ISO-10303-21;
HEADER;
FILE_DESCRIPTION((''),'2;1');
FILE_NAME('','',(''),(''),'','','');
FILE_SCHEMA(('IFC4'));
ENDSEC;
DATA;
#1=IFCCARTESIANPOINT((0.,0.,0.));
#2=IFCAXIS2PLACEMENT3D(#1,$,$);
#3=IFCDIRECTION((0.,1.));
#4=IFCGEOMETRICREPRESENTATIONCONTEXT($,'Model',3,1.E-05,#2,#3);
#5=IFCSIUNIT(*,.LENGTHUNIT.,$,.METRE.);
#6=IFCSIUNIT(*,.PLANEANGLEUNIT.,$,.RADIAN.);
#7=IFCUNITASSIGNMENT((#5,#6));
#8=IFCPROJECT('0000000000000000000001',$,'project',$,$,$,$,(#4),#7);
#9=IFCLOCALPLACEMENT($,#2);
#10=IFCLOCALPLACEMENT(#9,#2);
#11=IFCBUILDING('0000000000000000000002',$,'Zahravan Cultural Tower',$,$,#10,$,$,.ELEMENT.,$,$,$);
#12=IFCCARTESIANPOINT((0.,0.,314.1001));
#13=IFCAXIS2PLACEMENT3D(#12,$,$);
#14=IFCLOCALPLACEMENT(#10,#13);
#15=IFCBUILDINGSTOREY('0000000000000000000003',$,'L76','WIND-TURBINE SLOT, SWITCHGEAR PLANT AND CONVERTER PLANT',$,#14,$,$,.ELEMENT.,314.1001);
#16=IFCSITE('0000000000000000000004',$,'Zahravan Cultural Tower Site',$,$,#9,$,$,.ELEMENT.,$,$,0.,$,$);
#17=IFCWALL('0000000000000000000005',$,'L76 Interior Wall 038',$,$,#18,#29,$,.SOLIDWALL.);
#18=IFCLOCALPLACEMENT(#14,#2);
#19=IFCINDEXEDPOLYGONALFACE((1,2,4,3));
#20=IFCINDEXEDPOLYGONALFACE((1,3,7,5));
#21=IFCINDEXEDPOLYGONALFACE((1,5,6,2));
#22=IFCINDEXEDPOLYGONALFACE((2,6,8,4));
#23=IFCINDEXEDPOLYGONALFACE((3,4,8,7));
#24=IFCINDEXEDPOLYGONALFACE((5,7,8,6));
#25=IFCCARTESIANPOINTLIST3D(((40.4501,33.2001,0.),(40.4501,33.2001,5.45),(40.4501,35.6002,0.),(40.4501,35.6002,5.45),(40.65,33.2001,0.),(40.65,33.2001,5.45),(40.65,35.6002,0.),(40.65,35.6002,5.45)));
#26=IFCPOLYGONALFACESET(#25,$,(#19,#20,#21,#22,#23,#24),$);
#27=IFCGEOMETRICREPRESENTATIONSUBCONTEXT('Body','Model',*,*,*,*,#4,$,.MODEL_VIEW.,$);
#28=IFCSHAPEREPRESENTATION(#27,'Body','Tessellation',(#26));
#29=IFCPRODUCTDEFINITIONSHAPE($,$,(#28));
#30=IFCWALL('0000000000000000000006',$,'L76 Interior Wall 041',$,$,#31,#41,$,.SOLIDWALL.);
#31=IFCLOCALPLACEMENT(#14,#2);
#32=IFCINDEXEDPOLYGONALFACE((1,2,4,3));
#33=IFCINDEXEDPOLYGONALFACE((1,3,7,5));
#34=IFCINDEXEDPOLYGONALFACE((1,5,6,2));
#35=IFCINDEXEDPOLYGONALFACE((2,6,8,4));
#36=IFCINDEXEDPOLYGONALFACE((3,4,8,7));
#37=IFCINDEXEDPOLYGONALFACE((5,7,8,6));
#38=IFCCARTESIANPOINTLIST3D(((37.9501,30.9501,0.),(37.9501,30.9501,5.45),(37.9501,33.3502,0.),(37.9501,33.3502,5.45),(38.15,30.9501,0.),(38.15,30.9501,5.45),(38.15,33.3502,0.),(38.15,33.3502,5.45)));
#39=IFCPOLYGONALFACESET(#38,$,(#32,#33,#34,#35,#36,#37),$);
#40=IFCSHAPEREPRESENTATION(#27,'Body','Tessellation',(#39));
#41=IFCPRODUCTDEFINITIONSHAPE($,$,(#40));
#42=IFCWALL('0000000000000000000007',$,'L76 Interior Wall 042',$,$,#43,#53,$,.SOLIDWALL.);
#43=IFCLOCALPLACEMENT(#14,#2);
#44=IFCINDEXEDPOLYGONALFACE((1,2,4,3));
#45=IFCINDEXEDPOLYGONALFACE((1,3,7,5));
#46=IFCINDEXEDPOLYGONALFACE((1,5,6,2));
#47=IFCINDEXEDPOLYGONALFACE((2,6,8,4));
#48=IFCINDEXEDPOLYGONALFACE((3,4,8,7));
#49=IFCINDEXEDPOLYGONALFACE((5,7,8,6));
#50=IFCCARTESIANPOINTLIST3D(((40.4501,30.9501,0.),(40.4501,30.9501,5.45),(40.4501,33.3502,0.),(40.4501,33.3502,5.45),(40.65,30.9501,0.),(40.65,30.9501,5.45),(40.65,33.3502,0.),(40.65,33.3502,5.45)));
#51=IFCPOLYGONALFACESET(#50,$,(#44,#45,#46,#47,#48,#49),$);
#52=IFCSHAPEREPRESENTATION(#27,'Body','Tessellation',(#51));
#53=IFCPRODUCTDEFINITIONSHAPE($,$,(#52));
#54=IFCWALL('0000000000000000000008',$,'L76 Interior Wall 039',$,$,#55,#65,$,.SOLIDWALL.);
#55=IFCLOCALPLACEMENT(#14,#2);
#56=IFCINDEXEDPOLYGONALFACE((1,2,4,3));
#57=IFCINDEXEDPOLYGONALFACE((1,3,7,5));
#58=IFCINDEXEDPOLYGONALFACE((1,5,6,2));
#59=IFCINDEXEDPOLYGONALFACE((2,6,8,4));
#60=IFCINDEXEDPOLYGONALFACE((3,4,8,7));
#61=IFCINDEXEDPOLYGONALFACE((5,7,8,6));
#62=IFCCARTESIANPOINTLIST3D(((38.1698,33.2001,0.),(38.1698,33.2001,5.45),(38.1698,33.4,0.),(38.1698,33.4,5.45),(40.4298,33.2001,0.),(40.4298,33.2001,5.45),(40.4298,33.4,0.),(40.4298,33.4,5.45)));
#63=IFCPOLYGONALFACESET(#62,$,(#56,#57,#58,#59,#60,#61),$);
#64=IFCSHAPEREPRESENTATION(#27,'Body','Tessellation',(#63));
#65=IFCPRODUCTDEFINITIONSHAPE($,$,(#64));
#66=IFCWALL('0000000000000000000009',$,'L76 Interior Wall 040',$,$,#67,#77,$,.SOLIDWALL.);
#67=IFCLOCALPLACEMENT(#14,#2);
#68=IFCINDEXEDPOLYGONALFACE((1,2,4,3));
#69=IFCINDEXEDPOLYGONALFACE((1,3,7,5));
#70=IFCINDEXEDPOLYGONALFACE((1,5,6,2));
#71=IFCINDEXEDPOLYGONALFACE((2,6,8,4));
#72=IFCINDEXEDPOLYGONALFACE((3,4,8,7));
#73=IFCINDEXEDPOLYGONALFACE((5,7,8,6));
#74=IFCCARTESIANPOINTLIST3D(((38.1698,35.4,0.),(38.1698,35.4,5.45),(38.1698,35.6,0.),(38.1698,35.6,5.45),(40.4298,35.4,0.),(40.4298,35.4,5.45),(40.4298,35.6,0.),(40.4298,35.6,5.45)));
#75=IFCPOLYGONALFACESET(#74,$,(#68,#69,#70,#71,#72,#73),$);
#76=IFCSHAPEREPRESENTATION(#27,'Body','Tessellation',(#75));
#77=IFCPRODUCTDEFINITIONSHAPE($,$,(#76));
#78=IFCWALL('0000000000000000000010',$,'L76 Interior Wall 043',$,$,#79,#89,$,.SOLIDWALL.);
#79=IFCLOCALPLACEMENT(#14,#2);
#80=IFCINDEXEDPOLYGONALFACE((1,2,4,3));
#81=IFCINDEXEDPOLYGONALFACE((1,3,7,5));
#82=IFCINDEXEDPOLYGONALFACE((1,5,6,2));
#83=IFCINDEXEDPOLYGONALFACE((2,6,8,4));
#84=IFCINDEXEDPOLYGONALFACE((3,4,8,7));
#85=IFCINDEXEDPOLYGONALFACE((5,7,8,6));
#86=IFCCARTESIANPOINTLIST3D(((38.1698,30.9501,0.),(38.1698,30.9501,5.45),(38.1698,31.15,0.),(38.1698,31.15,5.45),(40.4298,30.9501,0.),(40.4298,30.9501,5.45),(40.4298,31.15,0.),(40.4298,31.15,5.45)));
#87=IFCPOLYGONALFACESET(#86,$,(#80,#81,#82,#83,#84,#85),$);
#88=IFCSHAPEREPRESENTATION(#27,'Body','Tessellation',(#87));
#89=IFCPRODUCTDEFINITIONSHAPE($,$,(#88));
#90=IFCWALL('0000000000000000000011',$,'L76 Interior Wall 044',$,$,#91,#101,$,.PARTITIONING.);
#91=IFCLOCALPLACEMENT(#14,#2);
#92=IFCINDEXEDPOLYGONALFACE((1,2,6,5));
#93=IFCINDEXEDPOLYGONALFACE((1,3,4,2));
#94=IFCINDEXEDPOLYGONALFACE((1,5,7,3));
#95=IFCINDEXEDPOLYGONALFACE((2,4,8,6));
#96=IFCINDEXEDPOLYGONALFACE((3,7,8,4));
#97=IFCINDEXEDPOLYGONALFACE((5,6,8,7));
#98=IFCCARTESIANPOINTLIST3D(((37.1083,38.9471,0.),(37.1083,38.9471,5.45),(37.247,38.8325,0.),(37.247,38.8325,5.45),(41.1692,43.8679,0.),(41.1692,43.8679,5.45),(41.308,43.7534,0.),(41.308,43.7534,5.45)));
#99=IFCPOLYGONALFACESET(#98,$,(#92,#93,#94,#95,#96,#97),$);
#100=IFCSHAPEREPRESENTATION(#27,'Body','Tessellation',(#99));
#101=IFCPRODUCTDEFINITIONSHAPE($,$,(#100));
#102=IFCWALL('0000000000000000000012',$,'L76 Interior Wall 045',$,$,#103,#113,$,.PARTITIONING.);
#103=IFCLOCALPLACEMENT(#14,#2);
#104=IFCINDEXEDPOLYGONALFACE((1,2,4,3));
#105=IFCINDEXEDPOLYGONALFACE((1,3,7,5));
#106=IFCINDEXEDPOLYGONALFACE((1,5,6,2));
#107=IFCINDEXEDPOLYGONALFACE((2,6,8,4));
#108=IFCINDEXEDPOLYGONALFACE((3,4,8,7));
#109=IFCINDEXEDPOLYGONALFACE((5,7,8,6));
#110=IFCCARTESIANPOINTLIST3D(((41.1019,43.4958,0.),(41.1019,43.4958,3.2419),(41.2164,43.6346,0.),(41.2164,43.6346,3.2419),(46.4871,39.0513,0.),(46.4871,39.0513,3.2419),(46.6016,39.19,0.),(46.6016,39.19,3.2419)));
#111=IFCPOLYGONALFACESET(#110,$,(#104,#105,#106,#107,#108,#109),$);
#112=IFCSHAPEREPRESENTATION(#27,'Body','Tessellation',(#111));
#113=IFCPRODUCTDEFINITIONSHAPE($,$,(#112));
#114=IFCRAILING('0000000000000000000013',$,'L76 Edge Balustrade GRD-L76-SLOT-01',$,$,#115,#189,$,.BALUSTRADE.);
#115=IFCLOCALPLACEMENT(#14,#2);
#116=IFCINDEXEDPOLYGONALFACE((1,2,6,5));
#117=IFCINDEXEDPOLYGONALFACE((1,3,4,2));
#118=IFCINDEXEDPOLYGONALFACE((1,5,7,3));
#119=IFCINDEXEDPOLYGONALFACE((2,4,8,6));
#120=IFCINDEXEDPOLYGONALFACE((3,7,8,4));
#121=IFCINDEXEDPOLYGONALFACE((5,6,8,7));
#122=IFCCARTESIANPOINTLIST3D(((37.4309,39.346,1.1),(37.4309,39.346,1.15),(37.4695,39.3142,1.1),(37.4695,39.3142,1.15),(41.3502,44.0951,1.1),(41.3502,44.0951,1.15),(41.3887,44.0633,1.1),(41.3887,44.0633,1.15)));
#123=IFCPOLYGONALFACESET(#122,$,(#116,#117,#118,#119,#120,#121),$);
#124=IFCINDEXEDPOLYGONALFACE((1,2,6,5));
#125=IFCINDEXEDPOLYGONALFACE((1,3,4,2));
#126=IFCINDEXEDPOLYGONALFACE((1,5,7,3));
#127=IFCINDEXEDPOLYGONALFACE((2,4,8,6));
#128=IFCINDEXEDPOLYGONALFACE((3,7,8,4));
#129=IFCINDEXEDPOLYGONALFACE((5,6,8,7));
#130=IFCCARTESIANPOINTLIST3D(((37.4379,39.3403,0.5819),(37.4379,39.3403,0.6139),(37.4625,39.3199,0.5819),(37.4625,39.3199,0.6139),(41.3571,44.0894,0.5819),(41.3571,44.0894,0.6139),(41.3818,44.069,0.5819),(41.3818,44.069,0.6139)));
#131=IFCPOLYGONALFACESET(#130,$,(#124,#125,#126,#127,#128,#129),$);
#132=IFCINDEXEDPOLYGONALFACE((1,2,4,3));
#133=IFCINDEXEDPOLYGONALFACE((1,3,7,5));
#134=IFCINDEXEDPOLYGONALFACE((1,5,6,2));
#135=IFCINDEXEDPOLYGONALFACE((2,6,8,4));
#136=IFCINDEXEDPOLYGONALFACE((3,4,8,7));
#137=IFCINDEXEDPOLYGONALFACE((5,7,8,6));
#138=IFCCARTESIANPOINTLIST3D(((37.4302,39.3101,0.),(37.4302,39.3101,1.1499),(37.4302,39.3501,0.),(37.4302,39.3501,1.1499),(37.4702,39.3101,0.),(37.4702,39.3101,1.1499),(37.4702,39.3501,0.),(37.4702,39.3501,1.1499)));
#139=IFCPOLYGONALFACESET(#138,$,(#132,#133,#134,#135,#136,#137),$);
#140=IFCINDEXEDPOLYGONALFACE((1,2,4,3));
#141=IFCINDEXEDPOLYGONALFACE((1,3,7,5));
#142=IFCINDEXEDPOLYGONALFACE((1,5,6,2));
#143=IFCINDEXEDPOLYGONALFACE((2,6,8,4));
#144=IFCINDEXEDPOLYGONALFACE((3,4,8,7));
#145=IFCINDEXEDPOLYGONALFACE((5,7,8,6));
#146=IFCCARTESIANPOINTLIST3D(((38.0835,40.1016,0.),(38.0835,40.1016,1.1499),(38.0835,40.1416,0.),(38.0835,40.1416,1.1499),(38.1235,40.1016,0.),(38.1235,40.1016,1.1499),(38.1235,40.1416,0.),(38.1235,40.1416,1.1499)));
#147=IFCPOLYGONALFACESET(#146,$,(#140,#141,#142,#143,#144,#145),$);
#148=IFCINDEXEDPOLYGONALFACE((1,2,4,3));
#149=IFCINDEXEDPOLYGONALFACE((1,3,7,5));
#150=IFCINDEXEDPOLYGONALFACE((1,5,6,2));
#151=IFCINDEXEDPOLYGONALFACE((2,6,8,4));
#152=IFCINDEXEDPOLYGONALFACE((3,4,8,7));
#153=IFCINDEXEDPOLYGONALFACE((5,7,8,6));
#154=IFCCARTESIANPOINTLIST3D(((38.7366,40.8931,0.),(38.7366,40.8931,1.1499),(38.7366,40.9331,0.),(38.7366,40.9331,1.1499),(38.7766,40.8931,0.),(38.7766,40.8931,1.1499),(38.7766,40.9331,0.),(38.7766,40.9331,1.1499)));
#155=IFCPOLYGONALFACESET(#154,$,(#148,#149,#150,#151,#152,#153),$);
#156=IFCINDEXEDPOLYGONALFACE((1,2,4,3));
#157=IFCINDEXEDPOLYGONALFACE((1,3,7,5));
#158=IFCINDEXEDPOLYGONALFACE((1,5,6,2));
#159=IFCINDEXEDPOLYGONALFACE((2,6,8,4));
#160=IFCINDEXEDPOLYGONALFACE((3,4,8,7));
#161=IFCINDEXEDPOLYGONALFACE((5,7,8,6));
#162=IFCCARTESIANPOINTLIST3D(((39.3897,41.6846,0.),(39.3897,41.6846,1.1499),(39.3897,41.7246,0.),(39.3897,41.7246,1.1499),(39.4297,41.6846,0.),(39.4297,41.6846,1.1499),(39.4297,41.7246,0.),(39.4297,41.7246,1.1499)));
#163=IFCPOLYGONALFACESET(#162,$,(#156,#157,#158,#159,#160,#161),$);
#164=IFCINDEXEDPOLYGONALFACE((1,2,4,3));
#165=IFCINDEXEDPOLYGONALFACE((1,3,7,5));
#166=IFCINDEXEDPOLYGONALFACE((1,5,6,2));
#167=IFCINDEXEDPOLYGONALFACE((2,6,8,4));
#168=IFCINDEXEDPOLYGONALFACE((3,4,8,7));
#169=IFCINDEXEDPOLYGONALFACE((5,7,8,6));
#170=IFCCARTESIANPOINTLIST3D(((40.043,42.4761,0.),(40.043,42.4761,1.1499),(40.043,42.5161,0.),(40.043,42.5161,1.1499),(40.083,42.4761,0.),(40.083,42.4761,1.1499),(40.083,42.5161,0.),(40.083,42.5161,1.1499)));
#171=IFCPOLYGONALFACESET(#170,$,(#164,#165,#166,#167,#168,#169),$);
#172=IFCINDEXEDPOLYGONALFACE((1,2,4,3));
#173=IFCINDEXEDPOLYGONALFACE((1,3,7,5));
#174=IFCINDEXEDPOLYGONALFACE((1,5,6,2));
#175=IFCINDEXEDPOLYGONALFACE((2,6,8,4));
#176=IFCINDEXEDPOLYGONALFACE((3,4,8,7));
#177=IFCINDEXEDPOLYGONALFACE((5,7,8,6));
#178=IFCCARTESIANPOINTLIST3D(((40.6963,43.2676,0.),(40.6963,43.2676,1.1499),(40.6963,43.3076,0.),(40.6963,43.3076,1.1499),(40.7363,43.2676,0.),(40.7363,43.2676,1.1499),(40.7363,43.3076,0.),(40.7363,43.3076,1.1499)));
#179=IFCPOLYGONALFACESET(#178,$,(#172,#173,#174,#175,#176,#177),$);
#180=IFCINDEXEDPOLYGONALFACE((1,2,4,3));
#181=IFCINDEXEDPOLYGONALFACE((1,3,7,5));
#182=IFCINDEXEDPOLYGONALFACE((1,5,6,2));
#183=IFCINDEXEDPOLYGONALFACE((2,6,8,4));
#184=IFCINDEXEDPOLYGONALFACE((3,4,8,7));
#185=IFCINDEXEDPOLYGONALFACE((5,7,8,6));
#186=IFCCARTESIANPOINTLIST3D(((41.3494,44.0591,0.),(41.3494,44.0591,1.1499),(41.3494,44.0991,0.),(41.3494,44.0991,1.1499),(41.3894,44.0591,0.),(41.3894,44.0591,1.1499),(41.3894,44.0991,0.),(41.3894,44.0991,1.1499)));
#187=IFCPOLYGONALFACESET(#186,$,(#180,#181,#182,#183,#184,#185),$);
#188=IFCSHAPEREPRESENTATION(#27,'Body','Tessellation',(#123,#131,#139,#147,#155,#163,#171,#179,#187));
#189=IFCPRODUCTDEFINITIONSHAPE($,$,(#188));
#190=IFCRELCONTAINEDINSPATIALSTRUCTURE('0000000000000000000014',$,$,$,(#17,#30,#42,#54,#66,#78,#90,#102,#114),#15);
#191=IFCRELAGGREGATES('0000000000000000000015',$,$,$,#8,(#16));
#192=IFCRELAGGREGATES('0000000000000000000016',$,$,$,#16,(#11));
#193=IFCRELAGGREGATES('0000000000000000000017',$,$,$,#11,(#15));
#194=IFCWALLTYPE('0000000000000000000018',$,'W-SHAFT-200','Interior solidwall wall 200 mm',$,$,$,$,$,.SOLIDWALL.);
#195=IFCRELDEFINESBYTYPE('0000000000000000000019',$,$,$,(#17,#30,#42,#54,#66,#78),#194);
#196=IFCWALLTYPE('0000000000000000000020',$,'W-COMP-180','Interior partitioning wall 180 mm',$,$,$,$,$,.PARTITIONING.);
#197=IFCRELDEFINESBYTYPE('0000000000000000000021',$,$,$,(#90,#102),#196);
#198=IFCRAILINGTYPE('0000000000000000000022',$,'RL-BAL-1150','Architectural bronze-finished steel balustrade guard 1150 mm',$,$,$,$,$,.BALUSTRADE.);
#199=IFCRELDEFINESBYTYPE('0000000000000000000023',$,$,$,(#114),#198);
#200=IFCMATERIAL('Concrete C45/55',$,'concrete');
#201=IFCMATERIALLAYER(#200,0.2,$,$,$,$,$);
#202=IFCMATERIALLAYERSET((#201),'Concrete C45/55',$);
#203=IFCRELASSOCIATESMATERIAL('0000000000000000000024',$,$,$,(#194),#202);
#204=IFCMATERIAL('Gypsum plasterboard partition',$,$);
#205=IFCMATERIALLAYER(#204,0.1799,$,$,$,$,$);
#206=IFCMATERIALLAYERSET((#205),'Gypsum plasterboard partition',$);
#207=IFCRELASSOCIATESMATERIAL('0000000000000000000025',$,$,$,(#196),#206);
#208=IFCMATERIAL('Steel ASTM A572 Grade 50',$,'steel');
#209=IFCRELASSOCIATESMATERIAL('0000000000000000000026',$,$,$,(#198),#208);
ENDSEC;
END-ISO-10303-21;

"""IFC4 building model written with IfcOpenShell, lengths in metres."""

from ifc_helpers import new_model, si_unit, direction, frame, frame_2d, origin, origin_2d, place, context, subcontext, project, spatial, rectangle, extrude, source, transform, mapped, material, layer, layer_set, type_object, element, save


model = new_model("IFC4")

# Units and contexts
model_context = context("Model", 3, precision=1e-05, world=origin(), true_north=direction((0.0, 1.0)))
body_context = subcontext(model_context, "Body", "Model", "MODEL_VIEW")
ifc_project = project(units=[si_unit("LENGTHUNIT", "METRE"), si_unit("PLANEANGLEUNIT", "RADIAN")], contexts=[model_context])

# Site, building, storey
site_placement = place(None, origin())
site = spatial("IfcSite", under=ifc_project, at=site_placement, Name="Zahravan Cultural Tower Site", CompositionType="ELEMENT", RefElevation=0.0)
building_placement = place(site_placement, origin())
building = spatial("IfcBuilding", under=site, at=building_placement, Name="Zahravan Cultural Tower", CompositionType="ELEMENT")
storey_placement = place(building_placement, frame((0.0, 0.0, 314.1001)))
storey = spatial("IfcBuildingStorey", under=building, at=storey_placement, Name="L76", Description="WIND-TURBINE SLOT, SWITCHGEAR PLANT AND CONVERTER PLANT", CompositionType="ELEMENT", Elevation=314.1001)

# Shared definitions
ifc_material_1 = material(Name="Steel ASTM A572 Grade 50", Category="steel")

# Walls
ifc_material_2 = material(Name="Concrete C45/55", Category="concrete")
ifc_layer_1 = layer(ifc_material_2, 0.2)
ifc_layer_set_1 = layer_set([ifc_layer_1], Name="Concrete C45/55")
wall_type_1 = type_object("IfcWallType", Name="W-SHAFT-200", Description="Interior solidwall wall 200 mm", PredefinedType="SOLIDWALL", material=ifc_layer_set_1)
shared_shape_1 = source(origin(), body_context, "Body", "SweptSolid", [
    extrude(rectangle(XDim=2.4001, YDim=0.2, at=frame_2d((1.2002, 0.0))), origin(), (0.0, 0.0, 1.0), 5.45),
])
for number, where, z_axis, x_axis, name in (
    (1, (40.55, 33.2, 0.0), (0.0, 0.0, 1.0), (0.0, 1.0, 0.0), "L76 Interior Wall 038"),
    (2, (38.05, 30.95, 0.0), (0.0, 0.0, 1.0), (0.0, 1.0, 0.0), "L76 Interior Wall 041"),
    (3, (40.55, 30.95, 0.0), (0.0, 0.0, 1.0), (0.0, 1.0, 0.0), "L76 Interior Wall 042"),
):
    element("IfcWall", number, at=place(storey_placement, frame(where, z_axis=z_axis, x_axis=x_axis)), inside=storey, type_object=wall_type_1, Name=name, PredefinedType="SOLIDWALL", context=body_context, shape_type="MappedRepresentation", body=[
        mapped(shared_shape_1, transform((0.0, 0.0, 0.0), x_axis=(1.0, 0.0, 0.0), y_axis=(0.0, 1.0, 0.0), z_axis=(0.0, 0.0, 1.0), scale=1.0)),
    ])
shared_shape_2 = source(origin(), body_context, "Body", "SweptSolid", [
    extrude(rectangle(XDim=2.26, YDim=0.2, at=frame_2d((1.1299, 0.0))), origin(), (0.0, 0.0, 1.0), 5.45),
])
for number, where, z_axis, x_axis, name in (
    (4, (38.1699, 33.3, 0.0), (0.0, 0.0, 1.0), (1.0, 0.0, 0.0), "L76 Interior Wall 039"),
    (5, (38.1699, 35.5, 0.0), (0.0, 0.0, 1.0), (1.0, 0.0, 0.0), "L76 Interior Wall 040"),
    (6, (38.1699, 31.05, 0.0), (0.0, 0.0, 1.0), (1.0, 0.0, 0.0), "L76 Interior Wall 043"),
):
    element("IfcWall", number, at=place(storey_placement, frame(where, z_axis=z_axis, x_axis=x_axis)), inside=storey, type_object=wall_type_1, Name=name, PredefinedType="SOLIDWALL", context=body_context, shape_type="MappedRepresentation", body=[
        mapped(shared_shape_2, transform((0.0, 0.0, 0.0), x_axis=(1.0, 0.0, 0.0), y_axis=(0.0, 1.0, 0.0), z_axis=(0.0, 0.0, 1.0), scale=1.0)),
    ])
ifc_material_3 = material(Name="Gypsum plasterboard partition")
ifc_layer_2 = layer(ifc_material_3, 0.1799)
ifc_layer_set_2 = layer_set([ifc_layer_2], Name="Gypsum plasterboard partition")
wall_type_2 = type_object("IfcWallType", Name="W-COMP-180", Description="Interior partitioning wall 180 mm", PredefinedType="PARTITIONING", material=ifc_layer_set_2)
shared_shape_3 = source(origin(), body_context, "Body", "SweptSolid", [
    extrude(rectangle(XDim=6.3801, YDim=0.1799, at=frame_2d((3.1899, 0.0))), origin(), (0.0, 0.0, 1.0), 5.45),
])
wall_1_placement = place(storey_placement, frame((37.1777, 38.8899, 0.0), z_axis=(0.0, 0.0, 1.0), x_axis=(0.636504, 0.771274, 0.0)))
element("IfcWall", 7, at=wall_1_placement, inside=storey, type_object=wall_type_2, Name="L76 Interior Wall 044", PredefinedType="PARTITIONING", context=body_context, shape_type="MappedRepresentation", body=[
    mapped(shared_shape_3, transform((0.0, 0.0, 0.0), x_axis=(1.0, 0.0, 0.0), y_axis=(0.0, 1.0, 0.0), z_axis=(0.0, 0.0, 1.0), scale=1.0)),
])
shared_shape_4 = source(origin(), body_context, "Body", "SweptSolid", [
    extrude(rectangle(XDim=6.9824, YDim=0.1799, at=frame_2d((3.4912, 0.0))), origin(), (0.0, 0.0, 1.0), 3.2419),
])
wall_2_placement = place(storey_placement, frame((41.1592, 43.5652, 0.0), z_axis=(0.0, 0.0, 1.0), x_axis=(0.771251, -0.636532, 0.0)))
element("IfcWall", 8, at=wall_2_placement, inside=storey, type_object=wall_type_2, Name="L76 Interior Wall 045", PredefinedType="PARTITIONING", context=body_context, shape_type="MappedRepresentation", body=[
    mapped(shared_shape_4, transform((0.0, 0.0, 0.0), x_axis=(1.0, 0.0, 0.0), y_axis=(0.0, 1.0, 0.0), z_axis=(0.0, 0.0, 1.0), scale=1.0)),
])

# Railing
railing_type = type_object("IfcRailingType", Name="RL-BAL-1150", Description="Architectural bronze-finished steel balustrade guard 1150 mm", PredefinedType="BALUSTRADE", material=ifc_material_1)
railing_1_placement = place(storey_placement, frame((37.4502, 39.3301, 0.0)))
element("IfcRailing", 9, at=railing_1_placement, inside=storey, type_object=railing_type, Name="L76 Edge Balustrade GRD-L76-SLOT-01", PredefinedType="BALUSTRADE", context=body_context, shape_type="SweptSolid", body=[
    extrude(rectangle(XDim=0.05, YDim=0.05, at=origin_2d()), frame((0.0, 0.0, 1.125), z_axis=(0.636503, 0.771274, 0.0), x_axis=(-0.771274, 0.636503, 0.0)), (0.0, 0.0, 1.0), 6.1575),
    extrude(rectangle(XDim=0.032, YDim=0.032, at=origin_2d()), frame((0.0, 0.0, 0.5979), z_axis=(0.636503, 0.771274, 0.0), x_axis=(-0.771274, 0.636503, 0.0)), (0.0, 0.0, 1.0), 6.1575),
    extrude(rectangle(XDim=0.04, YDim=0.04, at=origin_2d()), origin(), (0.0, 0.0, 1.0), 1.1499),
    extrude(rectangle(XDim=0.04, YDim=0.04, at=origin_2d()), frame((0.6533, 0.7915, 0.0)), (0.0, 0.0, 1.0), 1.1499),
    extrude(rectangle(XDim=0.04, YDim=0.04, at=origin_2d()), frame((1.3064, 1.583, 0.0)), (0.0, 0.0, 1.0), 1.1499),
    extrude(rectangle(XDim=0.04, YDim=0.04, at=origin_2d()), frame((1.9595, 2.3745, 0.0)), (0.0, 0.0, 1.0), 1.1499),
    extrude(rectangle(XDim=0.04, YDim=0.04, at=origin_2d()), frame((2.6128, 3.166, 0.0)), (0.0, 0.0, 1.0), 1.1499),
    extrude(rectangle(XDim=0.04, YDim=0.04, at=origin_2d()), frame((3.2661, 3.9575, 0.0)), (0.0, 0.0, 1.0), 1.1499),
    extrude(rectangle(XDim=0.04, YDim=0.04, at=origin_2d()), frame((3.9192, 4.749, 0.0)), (0.0, 0.0, 1.0), 1.1499),
])

save(model, "model.ifc")
